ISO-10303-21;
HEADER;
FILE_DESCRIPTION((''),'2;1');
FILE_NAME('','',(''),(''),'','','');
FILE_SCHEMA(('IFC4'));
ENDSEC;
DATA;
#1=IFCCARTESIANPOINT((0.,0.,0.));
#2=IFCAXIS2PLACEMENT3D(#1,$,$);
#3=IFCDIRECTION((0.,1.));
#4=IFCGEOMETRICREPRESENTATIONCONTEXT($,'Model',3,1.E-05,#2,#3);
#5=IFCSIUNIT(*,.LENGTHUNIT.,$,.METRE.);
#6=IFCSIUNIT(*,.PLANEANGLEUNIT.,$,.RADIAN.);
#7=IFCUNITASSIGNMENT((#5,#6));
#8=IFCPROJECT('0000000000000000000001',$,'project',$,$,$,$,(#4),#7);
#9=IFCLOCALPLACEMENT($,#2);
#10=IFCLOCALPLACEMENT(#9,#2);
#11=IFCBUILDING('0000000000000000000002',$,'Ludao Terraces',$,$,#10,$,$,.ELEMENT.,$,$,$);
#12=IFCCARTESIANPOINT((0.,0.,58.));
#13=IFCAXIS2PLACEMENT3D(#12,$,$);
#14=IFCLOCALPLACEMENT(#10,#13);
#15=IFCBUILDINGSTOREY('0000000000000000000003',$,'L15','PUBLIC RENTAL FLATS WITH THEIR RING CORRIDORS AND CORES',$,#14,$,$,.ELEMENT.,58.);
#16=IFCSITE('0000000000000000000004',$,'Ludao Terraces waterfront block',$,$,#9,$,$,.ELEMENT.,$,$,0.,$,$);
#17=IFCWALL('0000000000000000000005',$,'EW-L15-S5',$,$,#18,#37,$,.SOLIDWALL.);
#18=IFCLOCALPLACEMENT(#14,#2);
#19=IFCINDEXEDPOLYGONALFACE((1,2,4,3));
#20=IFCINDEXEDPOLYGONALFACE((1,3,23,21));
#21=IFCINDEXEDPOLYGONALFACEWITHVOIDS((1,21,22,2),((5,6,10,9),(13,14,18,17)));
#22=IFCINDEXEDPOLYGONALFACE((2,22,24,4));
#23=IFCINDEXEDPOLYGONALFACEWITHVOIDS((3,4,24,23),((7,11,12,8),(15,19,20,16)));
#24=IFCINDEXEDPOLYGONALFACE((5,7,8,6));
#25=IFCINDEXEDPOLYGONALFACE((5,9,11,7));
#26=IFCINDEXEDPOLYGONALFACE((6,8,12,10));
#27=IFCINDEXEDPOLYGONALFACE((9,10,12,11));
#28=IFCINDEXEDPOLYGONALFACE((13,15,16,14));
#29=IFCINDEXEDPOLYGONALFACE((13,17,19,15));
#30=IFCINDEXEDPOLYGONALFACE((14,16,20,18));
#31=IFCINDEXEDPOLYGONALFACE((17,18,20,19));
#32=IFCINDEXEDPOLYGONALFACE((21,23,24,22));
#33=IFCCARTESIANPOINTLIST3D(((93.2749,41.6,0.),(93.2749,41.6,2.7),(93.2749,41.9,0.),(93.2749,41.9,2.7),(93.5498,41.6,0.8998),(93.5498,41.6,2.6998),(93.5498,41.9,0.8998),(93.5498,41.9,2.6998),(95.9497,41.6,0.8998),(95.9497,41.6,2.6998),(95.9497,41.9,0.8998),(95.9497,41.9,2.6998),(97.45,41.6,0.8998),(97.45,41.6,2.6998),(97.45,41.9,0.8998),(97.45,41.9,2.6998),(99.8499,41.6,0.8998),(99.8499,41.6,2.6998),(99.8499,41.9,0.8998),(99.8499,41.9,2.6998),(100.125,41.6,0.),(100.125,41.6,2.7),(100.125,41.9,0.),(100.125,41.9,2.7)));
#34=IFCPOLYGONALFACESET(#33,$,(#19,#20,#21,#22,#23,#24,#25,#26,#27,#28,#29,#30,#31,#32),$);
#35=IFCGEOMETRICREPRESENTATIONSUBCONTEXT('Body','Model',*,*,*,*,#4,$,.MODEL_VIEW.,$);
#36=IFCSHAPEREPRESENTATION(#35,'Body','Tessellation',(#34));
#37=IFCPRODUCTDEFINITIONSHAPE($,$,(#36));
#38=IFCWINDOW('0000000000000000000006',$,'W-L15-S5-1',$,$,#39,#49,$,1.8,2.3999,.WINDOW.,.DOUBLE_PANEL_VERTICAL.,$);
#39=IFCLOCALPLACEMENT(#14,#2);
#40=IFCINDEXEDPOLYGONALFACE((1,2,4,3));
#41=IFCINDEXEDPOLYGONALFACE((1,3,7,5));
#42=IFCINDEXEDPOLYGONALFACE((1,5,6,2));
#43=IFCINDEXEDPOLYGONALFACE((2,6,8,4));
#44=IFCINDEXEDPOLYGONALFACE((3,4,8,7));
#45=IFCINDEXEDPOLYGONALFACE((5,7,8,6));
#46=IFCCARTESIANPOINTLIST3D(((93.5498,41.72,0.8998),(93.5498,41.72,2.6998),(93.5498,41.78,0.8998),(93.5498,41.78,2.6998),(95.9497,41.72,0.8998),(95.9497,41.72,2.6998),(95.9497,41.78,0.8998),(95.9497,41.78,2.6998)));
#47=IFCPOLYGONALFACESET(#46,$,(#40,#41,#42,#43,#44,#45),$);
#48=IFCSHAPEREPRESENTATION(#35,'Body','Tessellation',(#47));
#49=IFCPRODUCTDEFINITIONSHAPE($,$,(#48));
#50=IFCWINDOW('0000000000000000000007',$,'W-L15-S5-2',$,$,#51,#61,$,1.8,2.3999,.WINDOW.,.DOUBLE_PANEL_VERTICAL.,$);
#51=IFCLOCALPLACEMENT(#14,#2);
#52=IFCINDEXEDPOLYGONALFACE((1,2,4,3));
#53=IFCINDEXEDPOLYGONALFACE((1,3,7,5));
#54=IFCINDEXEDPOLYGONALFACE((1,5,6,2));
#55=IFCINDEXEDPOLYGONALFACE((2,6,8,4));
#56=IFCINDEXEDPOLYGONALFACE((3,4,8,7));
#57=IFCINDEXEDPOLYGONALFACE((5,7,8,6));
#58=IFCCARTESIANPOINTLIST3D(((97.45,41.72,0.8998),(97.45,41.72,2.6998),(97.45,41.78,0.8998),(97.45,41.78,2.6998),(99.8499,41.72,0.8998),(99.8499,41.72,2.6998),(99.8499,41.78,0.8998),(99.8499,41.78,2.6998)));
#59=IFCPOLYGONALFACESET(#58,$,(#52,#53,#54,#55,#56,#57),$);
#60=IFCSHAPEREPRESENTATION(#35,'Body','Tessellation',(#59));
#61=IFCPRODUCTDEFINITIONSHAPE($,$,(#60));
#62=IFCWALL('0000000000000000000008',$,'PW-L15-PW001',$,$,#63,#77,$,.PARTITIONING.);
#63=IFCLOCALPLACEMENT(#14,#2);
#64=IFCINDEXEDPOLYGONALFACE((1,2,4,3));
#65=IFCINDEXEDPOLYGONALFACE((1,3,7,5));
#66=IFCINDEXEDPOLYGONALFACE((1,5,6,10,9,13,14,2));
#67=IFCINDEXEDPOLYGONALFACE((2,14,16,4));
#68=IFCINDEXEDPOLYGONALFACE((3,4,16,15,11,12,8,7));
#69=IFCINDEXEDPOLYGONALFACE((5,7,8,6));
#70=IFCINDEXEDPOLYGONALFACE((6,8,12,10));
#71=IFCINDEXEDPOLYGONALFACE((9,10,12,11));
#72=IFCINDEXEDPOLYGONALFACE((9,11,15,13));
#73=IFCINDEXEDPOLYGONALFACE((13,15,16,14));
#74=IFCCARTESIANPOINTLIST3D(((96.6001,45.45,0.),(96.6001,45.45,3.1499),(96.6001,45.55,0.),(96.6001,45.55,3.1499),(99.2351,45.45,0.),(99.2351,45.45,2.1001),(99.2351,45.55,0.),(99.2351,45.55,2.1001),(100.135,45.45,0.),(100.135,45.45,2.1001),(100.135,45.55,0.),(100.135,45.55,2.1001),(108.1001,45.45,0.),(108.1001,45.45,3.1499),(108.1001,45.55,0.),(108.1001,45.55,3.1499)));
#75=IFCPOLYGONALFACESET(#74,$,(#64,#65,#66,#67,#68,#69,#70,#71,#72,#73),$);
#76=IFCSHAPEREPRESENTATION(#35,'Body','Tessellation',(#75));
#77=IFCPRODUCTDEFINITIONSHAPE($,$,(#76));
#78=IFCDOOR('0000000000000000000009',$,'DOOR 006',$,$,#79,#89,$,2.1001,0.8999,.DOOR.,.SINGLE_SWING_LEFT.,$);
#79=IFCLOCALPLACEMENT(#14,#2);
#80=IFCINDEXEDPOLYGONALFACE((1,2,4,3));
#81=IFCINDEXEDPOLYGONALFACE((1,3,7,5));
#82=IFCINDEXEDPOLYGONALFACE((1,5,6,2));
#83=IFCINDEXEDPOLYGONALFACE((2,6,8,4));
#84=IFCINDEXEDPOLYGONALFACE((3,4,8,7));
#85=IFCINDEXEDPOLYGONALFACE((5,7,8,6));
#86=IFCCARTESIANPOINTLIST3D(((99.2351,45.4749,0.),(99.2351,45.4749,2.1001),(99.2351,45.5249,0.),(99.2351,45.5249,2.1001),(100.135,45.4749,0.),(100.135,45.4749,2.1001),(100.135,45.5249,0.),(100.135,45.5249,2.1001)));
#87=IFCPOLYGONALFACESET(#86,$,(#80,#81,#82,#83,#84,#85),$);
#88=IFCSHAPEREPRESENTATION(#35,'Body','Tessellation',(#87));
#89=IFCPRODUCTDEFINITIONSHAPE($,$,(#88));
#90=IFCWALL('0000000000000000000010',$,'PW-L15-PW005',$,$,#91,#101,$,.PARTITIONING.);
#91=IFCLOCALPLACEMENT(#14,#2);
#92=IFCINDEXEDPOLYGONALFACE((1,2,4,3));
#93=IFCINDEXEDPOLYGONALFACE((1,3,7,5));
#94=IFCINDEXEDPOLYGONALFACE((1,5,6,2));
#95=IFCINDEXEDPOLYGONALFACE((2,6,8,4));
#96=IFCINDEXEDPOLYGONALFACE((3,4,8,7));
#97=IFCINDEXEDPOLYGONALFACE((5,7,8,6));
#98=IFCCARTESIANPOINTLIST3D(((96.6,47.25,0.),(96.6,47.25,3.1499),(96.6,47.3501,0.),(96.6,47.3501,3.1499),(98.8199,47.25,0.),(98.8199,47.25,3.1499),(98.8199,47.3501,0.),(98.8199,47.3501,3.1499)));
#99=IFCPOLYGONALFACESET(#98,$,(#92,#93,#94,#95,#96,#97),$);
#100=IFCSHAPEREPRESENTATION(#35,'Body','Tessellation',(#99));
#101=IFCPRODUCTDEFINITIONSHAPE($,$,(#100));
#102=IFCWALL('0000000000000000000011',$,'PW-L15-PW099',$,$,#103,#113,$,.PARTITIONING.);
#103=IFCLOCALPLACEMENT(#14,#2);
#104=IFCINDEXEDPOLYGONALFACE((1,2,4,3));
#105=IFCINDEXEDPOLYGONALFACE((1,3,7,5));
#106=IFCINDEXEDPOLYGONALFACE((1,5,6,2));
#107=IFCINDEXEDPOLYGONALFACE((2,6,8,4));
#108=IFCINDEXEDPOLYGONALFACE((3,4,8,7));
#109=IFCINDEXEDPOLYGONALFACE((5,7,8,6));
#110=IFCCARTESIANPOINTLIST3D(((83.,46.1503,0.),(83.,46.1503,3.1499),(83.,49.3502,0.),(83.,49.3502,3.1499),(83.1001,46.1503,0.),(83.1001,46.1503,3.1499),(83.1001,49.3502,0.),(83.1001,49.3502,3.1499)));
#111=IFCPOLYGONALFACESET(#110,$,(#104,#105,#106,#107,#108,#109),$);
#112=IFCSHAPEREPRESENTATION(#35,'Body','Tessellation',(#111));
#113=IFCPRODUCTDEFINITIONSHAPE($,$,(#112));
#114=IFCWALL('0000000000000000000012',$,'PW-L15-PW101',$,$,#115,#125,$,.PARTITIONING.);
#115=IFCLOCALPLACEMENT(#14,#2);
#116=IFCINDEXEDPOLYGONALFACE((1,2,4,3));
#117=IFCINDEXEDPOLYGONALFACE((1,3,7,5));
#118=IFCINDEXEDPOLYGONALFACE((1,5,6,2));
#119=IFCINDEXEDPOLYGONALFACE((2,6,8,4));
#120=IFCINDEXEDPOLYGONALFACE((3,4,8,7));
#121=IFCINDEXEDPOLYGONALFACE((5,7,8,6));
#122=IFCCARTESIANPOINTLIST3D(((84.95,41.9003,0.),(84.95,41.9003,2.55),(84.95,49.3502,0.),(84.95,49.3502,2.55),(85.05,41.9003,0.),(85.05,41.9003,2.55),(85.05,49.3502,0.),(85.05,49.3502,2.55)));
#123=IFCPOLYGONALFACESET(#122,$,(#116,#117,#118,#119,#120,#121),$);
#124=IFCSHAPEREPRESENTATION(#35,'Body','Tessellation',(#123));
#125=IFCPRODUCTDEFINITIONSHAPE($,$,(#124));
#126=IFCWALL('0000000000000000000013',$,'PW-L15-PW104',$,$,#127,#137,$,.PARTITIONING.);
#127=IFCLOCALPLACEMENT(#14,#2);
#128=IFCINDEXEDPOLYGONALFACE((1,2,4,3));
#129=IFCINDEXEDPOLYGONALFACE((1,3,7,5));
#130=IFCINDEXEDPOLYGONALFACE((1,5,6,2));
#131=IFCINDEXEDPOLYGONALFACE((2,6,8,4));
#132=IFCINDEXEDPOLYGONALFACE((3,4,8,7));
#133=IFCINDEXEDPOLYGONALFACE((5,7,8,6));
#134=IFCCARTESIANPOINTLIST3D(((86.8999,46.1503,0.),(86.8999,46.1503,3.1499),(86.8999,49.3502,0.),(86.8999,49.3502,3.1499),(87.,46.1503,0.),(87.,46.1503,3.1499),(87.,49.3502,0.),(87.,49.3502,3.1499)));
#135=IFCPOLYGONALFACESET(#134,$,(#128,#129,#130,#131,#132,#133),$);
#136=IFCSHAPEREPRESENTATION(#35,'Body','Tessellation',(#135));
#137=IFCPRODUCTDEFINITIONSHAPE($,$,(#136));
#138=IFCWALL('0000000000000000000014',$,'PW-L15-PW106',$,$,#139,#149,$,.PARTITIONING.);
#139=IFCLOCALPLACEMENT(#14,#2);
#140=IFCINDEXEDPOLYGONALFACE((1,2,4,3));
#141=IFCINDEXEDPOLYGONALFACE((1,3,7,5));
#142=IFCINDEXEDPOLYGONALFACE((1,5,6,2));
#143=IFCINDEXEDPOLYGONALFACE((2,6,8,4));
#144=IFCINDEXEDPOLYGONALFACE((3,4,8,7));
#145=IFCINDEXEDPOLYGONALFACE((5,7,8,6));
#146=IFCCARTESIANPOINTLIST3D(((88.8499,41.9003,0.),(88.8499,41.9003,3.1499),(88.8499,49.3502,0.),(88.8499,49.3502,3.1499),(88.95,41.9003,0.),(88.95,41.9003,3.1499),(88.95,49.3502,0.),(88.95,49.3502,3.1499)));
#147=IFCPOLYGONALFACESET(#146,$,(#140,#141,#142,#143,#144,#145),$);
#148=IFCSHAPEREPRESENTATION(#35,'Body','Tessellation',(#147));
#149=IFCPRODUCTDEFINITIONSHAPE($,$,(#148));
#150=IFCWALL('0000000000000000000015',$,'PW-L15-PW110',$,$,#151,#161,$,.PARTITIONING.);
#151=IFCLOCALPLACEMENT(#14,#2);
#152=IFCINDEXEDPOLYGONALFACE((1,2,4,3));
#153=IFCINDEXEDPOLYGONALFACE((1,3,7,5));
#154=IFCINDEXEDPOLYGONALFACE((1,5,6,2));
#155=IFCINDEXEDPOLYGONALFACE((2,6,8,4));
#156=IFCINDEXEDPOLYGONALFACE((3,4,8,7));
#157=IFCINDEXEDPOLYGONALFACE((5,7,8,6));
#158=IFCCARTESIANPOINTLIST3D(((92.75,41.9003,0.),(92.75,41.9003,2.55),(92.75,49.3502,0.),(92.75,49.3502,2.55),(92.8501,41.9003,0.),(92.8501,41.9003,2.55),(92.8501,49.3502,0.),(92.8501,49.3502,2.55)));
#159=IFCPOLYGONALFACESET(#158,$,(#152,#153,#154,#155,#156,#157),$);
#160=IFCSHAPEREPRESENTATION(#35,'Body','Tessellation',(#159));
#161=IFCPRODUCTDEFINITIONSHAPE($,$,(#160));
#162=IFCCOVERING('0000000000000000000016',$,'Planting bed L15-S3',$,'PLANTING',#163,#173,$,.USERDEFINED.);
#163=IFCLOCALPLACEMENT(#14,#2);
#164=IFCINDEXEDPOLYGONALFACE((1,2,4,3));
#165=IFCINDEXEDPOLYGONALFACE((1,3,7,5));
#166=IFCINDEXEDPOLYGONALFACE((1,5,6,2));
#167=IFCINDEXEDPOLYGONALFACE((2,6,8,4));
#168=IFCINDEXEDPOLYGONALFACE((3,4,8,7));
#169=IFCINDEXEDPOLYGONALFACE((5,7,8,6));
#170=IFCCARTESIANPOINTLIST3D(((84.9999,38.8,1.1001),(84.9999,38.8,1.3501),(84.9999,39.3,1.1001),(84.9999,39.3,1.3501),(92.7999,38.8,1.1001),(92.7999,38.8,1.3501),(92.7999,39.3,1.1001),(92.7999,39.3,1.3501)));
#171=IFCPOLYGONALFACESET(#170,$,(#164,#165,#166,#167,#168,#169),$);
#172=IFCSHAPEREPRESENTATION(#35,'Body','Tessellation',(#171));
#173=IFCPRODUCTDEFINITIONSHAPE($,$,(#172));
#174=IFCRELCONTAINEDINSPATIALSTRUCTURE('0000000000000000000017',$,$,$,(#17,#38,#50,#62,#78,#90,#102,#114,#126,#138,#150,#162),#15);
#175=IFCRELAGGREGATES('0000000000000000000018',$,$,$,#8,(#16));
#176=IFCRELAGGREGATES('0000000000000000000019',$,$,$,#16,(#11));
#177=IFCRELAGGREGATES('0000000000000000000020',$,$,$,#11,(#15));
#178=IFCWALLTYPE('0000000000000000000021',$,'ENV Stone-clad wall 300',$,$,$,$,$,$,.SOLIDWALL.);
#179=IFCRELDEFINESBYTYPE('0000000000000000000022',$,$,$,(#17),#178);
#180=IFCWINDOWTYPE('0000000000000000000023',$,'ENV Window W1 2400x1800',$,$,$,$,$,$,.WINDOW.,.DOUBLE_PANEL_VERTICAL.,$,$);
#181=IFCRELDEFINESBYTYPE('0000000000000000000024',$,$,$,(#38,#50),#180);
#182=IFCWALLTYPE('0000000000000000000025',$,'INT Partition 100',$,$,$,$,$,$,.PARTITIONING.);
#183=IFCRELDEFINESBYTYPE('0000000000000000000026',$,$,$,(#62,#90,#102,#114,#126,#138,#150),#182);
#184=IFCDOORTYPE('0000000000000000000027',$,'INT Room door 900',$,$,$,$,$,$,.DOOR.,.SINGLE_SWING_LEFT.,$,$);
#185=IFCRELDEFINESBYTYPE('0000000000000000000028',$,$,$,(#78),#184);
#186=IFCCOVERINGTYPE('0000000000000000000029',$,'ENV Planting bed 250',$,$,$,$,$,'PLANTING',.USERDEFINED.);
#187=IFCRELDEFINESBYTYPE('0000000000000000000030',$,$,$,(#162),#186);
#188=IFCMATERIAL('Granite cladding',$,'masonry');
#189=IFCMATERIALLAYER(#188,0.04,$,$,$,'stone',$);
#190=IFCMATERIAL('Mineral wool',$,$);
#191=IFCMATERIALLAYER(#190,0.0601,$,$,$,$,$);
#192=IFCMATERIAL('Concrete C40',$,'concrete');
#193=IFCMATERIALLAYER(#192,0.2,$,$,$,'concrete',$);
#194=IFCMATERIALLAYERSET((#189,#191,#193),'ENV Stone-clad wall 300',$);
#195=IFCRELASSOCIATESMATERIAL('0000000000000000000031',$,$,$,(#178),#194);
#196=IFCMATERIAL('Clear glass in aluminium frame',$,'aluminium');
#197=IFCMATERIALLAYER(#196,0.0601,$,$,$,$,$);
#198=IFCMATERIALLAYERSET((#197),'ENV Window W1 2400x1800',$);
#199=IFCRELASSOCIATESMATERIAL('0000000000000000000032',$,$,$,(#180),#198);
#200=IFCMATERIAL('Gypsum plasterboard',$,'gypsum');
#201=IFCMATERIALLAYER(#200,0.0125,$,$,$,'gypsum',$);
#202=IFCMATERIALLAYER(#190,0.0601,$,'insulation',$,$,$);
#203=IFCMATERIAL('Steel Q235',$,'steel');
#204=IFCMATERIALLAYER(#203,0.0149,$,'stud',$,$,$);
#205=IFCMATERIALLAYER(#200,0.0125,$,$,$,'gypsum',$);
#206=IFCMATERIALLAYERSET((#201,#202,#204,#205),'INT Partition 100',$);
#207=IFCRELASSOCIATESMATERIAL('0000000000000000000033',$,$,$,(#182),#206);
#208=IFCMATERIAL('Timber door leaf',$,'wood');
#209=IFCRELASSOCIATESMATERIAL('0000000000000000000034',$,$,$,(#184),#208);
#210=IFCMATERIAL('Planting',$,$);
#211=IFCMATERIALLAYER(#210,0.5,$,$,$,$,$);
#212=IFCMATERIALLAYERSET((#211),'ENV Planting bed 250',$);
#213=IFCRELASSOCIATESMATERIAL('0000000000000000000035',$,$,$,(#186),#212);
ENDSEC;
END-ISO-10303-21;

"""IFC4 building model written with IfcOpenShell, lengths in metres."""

from ifc_helpers import new_model, si_unit, direction, frame, frame_2d, origin, origin_2d, place, context, subcontext, project, spatial, rectangle, extrude, material, layer, layer_set, type_object, element, fill, save


model = new_model("IFC4")

# Units and contexts
model_context = context("Model", 3, precision=1e-05, world=origin(), true_north=direction((0.0, 1.0)))
body_context = subcontext(model_context, "Body", "Model", "MODEL_VIEW")
ifc_project = project(units=[si_unit("LENGTHUNIT", "METRE"), si_unit("PLANEANGLEUNIT", "RADIAN")], contexts=[model_context])

# Site, building, storey
site_placement = place(None, origin())
site = spatial("IfcSite", under=ifc_project, at=site_placement, Name="Ludao Terraces waterfront block", CompositionType="ELEMENT", RefElevation=0.0)
building_placement = place(site_placement, origin())
building = spatial("IfcBuilding", under=site, at=building_placement, Name="Ludao Terraces", CompositionType="ELEMENT")
storey_placement = place(building_placement, frame((0.0, 0.0, 58.0)))
storey = spatial("IfcBuildingStorey", under=building, at=storey_placement, Name="L15", Description="PUBLIC RENTAL FLATS WITH THEIR RING CORRIDORS AND CORES", CompositionType="ELEMENT", Elevation=58.0)

# Shared definitions
ifc_material_1 = material(Name="Concrete C40", Category="concrete")

# Shared definitions
ifc_material_2 = material(Name="Granite cladding", Category="masonry")
ifc_layer_1 = layer(ifc_material_2, 0.04, Category="stone")
ifc_material_3 = material(Name="Mineral wool")
ifc_layer_2 = layer(ifc_material_3, 0.0601)
ifc_layer_3 = layer(ifc_material_1, 0.2, Category="concrete")
ifc_layer_set_1 = layer_set([ifc_layer_1, ifc_layer_2, ifc_layer_3], Name="ENV Stone-clad wall 300")
wall_type_1 = type_object("IfcWallType", Name="ENV Stone-clad wall 300", PredefinedType="SOLIDWALL", material=ifc_layer_set_1)
ifc_material_4 = material(Name="Clear glass in aluminium frame", Category="aluminium")
ifc_layer_4 = layer(ifc_material_4, 0.0601)
ifc_layer_set_2 = layer_set([ifc_layer_4], Name="ENV Window W1 2400x1800")
window_type = type_object("IfcWindowType", Name="ENV Window W1 2400x1800", PartitioningType="DOUBLE_PANEL_VERTICAL", PredefinedType="WINDOW", material=ifc_layer_set_2)

# Wall, openings, windows
wall_1_placement = place(storey_placement, frame((93.2749, 41.75, 0.0), z_axis=(0.0, 0.0, 1.0), x_axis=(1.0, 0.0, 0.0)))
wall_1 = element("IfcWall", 1, at=wall_1_placement, inside=storey, type_object=wall_type_1, Name="EW-L15-S5", PredefinedType="SOLIDWALL", context=body_context, shape_type="SweptSolid", body=[
    extrude(rectangle(XDim=6.8501, YDim=0.3, at=frame_2d((3.425, 0.0))), origin(), (0.0, 0.0, 1.0), 2.7),
])
opening_1_placement = place(wall_1_placement, frame((0.2749, 0.0, 0.8999)))
opening_1 = element("IfcOpeningElement", 2, at=opening_1_placement, cuts=wall_1, PredefinedType="OPENING", context=body_context, shape_type="SweptSolid", body=[
    extrude(rectangle(XDim=2.3999, YDim=1.8, at=frame_2d((1.2, 0.8999))), frame((0.0, 0.1602, 0.0), z_axis=(0.0, -1.0, 0.0), x_axis=(1.0, 0.0, 0.0)), (0.0, 0.0, 1.0), 0.3201),
])
opening_2_placement = place(wall_1_placement, frame((4.175, 0.0, 0.8999)))
opening_2 = element("IfcOpeningElement", 3, at=opening_2_placement, cuts=wall_1, PredefinedType="OPENING", context=body_context, shape_type="SweptSolid", body=[
    extrude(rectangle(XDim=2.3999, YDim=1.8, at=frame_2d((1.2, 0.8999))), frame((0.0, 0.1602, 0.0), z_axis=(0.0, -1.0, 0.0), x_axis=(1.0, 0.0, 0.0)), (0.0, 0.0, 1.0), 0.3201),
])
window_1_placement = place(opening_1_placement, origin())
window_1 = element("IfcWindow", 4, at=window_1_placement, inside=storey, type_object=window_type, Name="W-L15-S5-1", OverallHeight=1.8, OverallWidth=2.3999, PartitioningType="DOUBLE_PANEL_VERTICAL", PredefinedType="WINDOW", context=body_context, shape_type="SweptSolid", body=[
    extrude(rectangle(XDim=2.3999, YDim=1.8, at=frame_2d((1.2, 0.8999))), frame((0.0, 0.03, 0.0), z_axis=(0.0, -1.0, 0.0), x_axis=(1.0, 0.0, 0.0)), (0.0, 0.0, 1.0), 0.0601),
])
fill(opening_1, window_1)
window_2_placement = place(opening_2_placement, origin())
window_2 = element("IfcWindow", 5, at=window_2_placement, inside=storey, type_object=window_type, Name="W-L15-S5-2", OverallHeight=1.8, OverallWidth=2.3999, PartitioningType="DOUBLE_PANEL_VERTICAL", PredefinedType="WINDOW", context=body_context, shape_type="SweptSolid", body=[
    extrude(rectangle(XDim=2.3999, YDim=1.8, at=frame_2d((1.2, 0.8999))), frame((0.0, 0.03, 0.0), z_axis=(0.0, -1.0, 0.0), x_axis=(1.0, 0.0, 0.0)), (0.0, 0.0, 1.0), 0.0601),
])
fill(opening_2, window_2)

# Wall, opening, door
ifc_material_5 = material(Name="Gypsum plasterboard", Category="gypsum")
ifc_layer_5 = layer(ifc_material_5, 0.0125, Category="gypsum")
ifc_layer_6 = layer(ifc_material_3, 0.0601, Name="insulation")
ifc_material_6 = material(Name="Steel Q235", Category="steel")
ifc_layer_7 = layer(ifc_material_6, 0.0149, Name="stud")
ifc_layer_8 = layer(ifc_material_5, 0.0125, Category="gypsum")
ifc_layer_set_3 = layer_set([ifc_layer_5, ifc_layer_6, ifc_layer_7, ifc_layer_8], Name="INT Partition 100")
wall_type_2 = type_object("IfcWallType", Name="INT Partition 100", PredefinedType="PARTITIONING", material=ifc_layer_set_3)
wall_2_placement = place(storey_placement, frame((96.6001, 45.5, 0.0), z_axis=(0.0, 0.0, 1.0), x_axis=(1.0, 0.0, 0.0)))
wall_2 = element("IfcWall", 6, at=wall_2_placement, inside=storey, type_object=wall_type_2, Name="PW-L15-PW001", PredefinedType="PARTITIONING", context=body_context, shape_type="SweptSolid", body=[
    extrude(rectangle(XDim=11.5, YDim=0.1001, at=frame_2d((5.75, 0.0))), origin(), (0.0, 0.0, 1.0), 3.1499),
])
opening_3_placement = place(wall_2_placement, frame((2.635, 0.0, 0.0)))
opening_3 = element("IfcOpeningElement", 7, at=opening_3_placement, cuts=wall_2, PredefinedType="OPENING", context=body_context, shape_type="SweptSolid", body=[
    extrude(rectangle(XDim=0.8999, YDim=2.1001, at=frame_2d((0.45, 1.05))), frame((0.0, 0.0601, 0.0), z_axis=(0.0, -1.0, 0.0), x_axis=(1.0, 0.0, 0.0)), (0.0, 0.0, 1.0), 0.1201),
])
ifc_material_7 = material(Name="Timber door leaf", Category="wood")
door_type_1 = type_object("IfcDoorType", Name="INT Room door 900", OperationType="SINGLE_SWING_LEFT", PredefinedType="DOOR", material=ifc_material_7)
door_1_placement = place(opening_3_placement, origin())
door_1 = element("IfcDoor", 8, at=door_1_placement, inside=storey, type_object=door_type_1, Name="DOOR 006", OperationType="SINGLE_SWING_LEFT", OverallHeight=2.1001, OverallWidth=0.8999, PredefinedType="DOOR", context=body_context, shape_type="SweptSolid", body=[
    extrude(rectangle(XDim=0.8999, YDim=2.1001, at=frame_2d((0.45, 1.05))), frame((0.0, 0.0249, 0.0), z_axis=(0.0, -1.0, 0.0), x_axis=(1.0, 0.0, 0.0)), (0.0, 0.0, 1.0), 0.05),
])
fill(opening_3, door_1)

# Walls
wall_3_placement = place(storey_placement, frame((96.6001, 47.3, 0.0), z_axis=(0.0, 0.0, 1.0), x_axis=(1.0, 0.0, 0.0)))
element("IfcWall", 9, at=wall_3_placement, inside=storey, type_object=wall_type_2, Name="PW-L15-PW005", PredefinedType="PARTITIONING", context=body_context, shape_type="SweptSolid", body=[
    extrude(rectangle(XDim=2.22, YDim=0.1001, at=frame_2d((1.1099, 0.0))), origin(), (0.0, 0.0, 1.0), 3.1499),
])
wall_4_placement = place(storey_placement, frame((83.05, 46.1501, 0.0), z_axis=(0.0, 0.0, 1.0), x_axis=(0.0, 1.0, 0.0)))
element("IfcWall", 10, at=wall_4_placement, inside=storey, type_object=wall_type_2, Name="PW-L15-PW099", PredefinedType="PARTITIONING", context=body_context, shape_type="SweptSolid", body=[
    extrude(rectangle(XDim=3.2, YDim=0.1001, at=frame_2d((1.6001, 0.0))), origin(), (0.0, 0.0, 1.0), 3.1499),
])
wall_5_placement = place(storey_placement, frame((85.0, 41.9001, 0.0), z_axis=(0.0, 0.0, 1.0), x_axis=(0.0, 1.0, 0.0)))
element("IfcWall", 11, at=wall_5_placement, inside=storey, type_object=wall_type_2, Name="PW-L15-PW101", PredefinedType="PARTITIONING", context=body_context, shape_type="SweptSolid", body=[
    extrude(rectangle(XDim=7.45, YDim=0.1001, at=frame_2d((3.7251, 0.0))), origin(), (0.0, 0.0, 1.0), 2.55),
])
wall_6_placement = place(storey_placement, frame((86.95, 46.1501, 0.0), z_axis=(0.0, 0.0, 1.0), x_axis=(0.0, 1.0, 0.0)))
element("IfcWall", 12, at=wall_6_placement, inside=storey, type_object=wall_type_2, Name="PW-L15-PW104", PredefinedType="PARTITIONING", context=body_context, shape_type="SweptSolid", body=[
    extrude(rectangle(XDim=3.2, YDim=0.1001, at=frame_2d((1.6001, 0.0))), origin(), (0.0, 0.0, 1.0), 3.1499),
])
wall_7_placement = place(storey_placement, frame((88.8999, 41.9001, 0.0), z_axis=(0.0, 0.0, 1.0), x_axis=(0.0, 1.0, 0.0)))
element("IfcWall", 13, at=wall_7_placement, inside=storey, type_object=wall_type_2, Name="PW-L15-PW106", PredefinedType="PARTITIONING", context=body_context, shape_type="SweptSolid", body=[
    extrude(rectangle(XDim=7.45, YDim=0.1001, at=frame_2d((3.7251, 0.0))), origin(), (0.0, 0.0, 1.0), 3.1499),
])
wall_8_placement = place(storey_placement, frame((92.8, 41.9001, 0.0), z_axis=(0.0, 0.0, 1.0), x_axis=(0.0, 1.0, 0.0)))
element("IfcWall", 14, at=wall_8_placement, inside=storey, type_object=wall_type_2, Name="PW-L15-PW110", PredefinedType="PARTITIONING", context=body_context, shape_type="SweptSolid", body=[
    extrude(rectangle(XDim=7.45, YDim=0.1001, at=frame_2d((3.7251, 0.0))), origin(), (0.0, 0.0, 1.0), 2.55),
])

# Covering
ifc_material_8 = material(Name="Planting")
ifc_layer_9 = layer(ifc_material_8, 0.5)
ifc_layer_set_4 = layer_set([ifc_layer_9], Name="ENV Planting bed 250")
covering_type_1 = type_object("IfcCoveringType", Name="ENV Planting bed 250", ElementType="PLANTING", PredefinedType="USERDEFINED", material=ifc_layer_set_4)
covering_1_placement = place(storey_placement, frame((88.8999, 39.05, 1.1001), z_axis=(0.0, 0.0, 1.0), x_axis=(1.0, 0.0, 0.0)))
element("IfcCovering", 15, at=covering_1_placement, inside=storey, type_object=covering_type_1, Name="Planting bed L15-S3", ObjectType="PLANTING", PredefinedType="USERDEFINED", context=body_context, shape_type="SweptSolid", body=[
    extrude(rectangle(XDim=7.8, YDim=0.5, at=origin_2d()), origin(), (0.0, 0.0, 1.0), 0.25),
])

save(model, "model.ifc")
